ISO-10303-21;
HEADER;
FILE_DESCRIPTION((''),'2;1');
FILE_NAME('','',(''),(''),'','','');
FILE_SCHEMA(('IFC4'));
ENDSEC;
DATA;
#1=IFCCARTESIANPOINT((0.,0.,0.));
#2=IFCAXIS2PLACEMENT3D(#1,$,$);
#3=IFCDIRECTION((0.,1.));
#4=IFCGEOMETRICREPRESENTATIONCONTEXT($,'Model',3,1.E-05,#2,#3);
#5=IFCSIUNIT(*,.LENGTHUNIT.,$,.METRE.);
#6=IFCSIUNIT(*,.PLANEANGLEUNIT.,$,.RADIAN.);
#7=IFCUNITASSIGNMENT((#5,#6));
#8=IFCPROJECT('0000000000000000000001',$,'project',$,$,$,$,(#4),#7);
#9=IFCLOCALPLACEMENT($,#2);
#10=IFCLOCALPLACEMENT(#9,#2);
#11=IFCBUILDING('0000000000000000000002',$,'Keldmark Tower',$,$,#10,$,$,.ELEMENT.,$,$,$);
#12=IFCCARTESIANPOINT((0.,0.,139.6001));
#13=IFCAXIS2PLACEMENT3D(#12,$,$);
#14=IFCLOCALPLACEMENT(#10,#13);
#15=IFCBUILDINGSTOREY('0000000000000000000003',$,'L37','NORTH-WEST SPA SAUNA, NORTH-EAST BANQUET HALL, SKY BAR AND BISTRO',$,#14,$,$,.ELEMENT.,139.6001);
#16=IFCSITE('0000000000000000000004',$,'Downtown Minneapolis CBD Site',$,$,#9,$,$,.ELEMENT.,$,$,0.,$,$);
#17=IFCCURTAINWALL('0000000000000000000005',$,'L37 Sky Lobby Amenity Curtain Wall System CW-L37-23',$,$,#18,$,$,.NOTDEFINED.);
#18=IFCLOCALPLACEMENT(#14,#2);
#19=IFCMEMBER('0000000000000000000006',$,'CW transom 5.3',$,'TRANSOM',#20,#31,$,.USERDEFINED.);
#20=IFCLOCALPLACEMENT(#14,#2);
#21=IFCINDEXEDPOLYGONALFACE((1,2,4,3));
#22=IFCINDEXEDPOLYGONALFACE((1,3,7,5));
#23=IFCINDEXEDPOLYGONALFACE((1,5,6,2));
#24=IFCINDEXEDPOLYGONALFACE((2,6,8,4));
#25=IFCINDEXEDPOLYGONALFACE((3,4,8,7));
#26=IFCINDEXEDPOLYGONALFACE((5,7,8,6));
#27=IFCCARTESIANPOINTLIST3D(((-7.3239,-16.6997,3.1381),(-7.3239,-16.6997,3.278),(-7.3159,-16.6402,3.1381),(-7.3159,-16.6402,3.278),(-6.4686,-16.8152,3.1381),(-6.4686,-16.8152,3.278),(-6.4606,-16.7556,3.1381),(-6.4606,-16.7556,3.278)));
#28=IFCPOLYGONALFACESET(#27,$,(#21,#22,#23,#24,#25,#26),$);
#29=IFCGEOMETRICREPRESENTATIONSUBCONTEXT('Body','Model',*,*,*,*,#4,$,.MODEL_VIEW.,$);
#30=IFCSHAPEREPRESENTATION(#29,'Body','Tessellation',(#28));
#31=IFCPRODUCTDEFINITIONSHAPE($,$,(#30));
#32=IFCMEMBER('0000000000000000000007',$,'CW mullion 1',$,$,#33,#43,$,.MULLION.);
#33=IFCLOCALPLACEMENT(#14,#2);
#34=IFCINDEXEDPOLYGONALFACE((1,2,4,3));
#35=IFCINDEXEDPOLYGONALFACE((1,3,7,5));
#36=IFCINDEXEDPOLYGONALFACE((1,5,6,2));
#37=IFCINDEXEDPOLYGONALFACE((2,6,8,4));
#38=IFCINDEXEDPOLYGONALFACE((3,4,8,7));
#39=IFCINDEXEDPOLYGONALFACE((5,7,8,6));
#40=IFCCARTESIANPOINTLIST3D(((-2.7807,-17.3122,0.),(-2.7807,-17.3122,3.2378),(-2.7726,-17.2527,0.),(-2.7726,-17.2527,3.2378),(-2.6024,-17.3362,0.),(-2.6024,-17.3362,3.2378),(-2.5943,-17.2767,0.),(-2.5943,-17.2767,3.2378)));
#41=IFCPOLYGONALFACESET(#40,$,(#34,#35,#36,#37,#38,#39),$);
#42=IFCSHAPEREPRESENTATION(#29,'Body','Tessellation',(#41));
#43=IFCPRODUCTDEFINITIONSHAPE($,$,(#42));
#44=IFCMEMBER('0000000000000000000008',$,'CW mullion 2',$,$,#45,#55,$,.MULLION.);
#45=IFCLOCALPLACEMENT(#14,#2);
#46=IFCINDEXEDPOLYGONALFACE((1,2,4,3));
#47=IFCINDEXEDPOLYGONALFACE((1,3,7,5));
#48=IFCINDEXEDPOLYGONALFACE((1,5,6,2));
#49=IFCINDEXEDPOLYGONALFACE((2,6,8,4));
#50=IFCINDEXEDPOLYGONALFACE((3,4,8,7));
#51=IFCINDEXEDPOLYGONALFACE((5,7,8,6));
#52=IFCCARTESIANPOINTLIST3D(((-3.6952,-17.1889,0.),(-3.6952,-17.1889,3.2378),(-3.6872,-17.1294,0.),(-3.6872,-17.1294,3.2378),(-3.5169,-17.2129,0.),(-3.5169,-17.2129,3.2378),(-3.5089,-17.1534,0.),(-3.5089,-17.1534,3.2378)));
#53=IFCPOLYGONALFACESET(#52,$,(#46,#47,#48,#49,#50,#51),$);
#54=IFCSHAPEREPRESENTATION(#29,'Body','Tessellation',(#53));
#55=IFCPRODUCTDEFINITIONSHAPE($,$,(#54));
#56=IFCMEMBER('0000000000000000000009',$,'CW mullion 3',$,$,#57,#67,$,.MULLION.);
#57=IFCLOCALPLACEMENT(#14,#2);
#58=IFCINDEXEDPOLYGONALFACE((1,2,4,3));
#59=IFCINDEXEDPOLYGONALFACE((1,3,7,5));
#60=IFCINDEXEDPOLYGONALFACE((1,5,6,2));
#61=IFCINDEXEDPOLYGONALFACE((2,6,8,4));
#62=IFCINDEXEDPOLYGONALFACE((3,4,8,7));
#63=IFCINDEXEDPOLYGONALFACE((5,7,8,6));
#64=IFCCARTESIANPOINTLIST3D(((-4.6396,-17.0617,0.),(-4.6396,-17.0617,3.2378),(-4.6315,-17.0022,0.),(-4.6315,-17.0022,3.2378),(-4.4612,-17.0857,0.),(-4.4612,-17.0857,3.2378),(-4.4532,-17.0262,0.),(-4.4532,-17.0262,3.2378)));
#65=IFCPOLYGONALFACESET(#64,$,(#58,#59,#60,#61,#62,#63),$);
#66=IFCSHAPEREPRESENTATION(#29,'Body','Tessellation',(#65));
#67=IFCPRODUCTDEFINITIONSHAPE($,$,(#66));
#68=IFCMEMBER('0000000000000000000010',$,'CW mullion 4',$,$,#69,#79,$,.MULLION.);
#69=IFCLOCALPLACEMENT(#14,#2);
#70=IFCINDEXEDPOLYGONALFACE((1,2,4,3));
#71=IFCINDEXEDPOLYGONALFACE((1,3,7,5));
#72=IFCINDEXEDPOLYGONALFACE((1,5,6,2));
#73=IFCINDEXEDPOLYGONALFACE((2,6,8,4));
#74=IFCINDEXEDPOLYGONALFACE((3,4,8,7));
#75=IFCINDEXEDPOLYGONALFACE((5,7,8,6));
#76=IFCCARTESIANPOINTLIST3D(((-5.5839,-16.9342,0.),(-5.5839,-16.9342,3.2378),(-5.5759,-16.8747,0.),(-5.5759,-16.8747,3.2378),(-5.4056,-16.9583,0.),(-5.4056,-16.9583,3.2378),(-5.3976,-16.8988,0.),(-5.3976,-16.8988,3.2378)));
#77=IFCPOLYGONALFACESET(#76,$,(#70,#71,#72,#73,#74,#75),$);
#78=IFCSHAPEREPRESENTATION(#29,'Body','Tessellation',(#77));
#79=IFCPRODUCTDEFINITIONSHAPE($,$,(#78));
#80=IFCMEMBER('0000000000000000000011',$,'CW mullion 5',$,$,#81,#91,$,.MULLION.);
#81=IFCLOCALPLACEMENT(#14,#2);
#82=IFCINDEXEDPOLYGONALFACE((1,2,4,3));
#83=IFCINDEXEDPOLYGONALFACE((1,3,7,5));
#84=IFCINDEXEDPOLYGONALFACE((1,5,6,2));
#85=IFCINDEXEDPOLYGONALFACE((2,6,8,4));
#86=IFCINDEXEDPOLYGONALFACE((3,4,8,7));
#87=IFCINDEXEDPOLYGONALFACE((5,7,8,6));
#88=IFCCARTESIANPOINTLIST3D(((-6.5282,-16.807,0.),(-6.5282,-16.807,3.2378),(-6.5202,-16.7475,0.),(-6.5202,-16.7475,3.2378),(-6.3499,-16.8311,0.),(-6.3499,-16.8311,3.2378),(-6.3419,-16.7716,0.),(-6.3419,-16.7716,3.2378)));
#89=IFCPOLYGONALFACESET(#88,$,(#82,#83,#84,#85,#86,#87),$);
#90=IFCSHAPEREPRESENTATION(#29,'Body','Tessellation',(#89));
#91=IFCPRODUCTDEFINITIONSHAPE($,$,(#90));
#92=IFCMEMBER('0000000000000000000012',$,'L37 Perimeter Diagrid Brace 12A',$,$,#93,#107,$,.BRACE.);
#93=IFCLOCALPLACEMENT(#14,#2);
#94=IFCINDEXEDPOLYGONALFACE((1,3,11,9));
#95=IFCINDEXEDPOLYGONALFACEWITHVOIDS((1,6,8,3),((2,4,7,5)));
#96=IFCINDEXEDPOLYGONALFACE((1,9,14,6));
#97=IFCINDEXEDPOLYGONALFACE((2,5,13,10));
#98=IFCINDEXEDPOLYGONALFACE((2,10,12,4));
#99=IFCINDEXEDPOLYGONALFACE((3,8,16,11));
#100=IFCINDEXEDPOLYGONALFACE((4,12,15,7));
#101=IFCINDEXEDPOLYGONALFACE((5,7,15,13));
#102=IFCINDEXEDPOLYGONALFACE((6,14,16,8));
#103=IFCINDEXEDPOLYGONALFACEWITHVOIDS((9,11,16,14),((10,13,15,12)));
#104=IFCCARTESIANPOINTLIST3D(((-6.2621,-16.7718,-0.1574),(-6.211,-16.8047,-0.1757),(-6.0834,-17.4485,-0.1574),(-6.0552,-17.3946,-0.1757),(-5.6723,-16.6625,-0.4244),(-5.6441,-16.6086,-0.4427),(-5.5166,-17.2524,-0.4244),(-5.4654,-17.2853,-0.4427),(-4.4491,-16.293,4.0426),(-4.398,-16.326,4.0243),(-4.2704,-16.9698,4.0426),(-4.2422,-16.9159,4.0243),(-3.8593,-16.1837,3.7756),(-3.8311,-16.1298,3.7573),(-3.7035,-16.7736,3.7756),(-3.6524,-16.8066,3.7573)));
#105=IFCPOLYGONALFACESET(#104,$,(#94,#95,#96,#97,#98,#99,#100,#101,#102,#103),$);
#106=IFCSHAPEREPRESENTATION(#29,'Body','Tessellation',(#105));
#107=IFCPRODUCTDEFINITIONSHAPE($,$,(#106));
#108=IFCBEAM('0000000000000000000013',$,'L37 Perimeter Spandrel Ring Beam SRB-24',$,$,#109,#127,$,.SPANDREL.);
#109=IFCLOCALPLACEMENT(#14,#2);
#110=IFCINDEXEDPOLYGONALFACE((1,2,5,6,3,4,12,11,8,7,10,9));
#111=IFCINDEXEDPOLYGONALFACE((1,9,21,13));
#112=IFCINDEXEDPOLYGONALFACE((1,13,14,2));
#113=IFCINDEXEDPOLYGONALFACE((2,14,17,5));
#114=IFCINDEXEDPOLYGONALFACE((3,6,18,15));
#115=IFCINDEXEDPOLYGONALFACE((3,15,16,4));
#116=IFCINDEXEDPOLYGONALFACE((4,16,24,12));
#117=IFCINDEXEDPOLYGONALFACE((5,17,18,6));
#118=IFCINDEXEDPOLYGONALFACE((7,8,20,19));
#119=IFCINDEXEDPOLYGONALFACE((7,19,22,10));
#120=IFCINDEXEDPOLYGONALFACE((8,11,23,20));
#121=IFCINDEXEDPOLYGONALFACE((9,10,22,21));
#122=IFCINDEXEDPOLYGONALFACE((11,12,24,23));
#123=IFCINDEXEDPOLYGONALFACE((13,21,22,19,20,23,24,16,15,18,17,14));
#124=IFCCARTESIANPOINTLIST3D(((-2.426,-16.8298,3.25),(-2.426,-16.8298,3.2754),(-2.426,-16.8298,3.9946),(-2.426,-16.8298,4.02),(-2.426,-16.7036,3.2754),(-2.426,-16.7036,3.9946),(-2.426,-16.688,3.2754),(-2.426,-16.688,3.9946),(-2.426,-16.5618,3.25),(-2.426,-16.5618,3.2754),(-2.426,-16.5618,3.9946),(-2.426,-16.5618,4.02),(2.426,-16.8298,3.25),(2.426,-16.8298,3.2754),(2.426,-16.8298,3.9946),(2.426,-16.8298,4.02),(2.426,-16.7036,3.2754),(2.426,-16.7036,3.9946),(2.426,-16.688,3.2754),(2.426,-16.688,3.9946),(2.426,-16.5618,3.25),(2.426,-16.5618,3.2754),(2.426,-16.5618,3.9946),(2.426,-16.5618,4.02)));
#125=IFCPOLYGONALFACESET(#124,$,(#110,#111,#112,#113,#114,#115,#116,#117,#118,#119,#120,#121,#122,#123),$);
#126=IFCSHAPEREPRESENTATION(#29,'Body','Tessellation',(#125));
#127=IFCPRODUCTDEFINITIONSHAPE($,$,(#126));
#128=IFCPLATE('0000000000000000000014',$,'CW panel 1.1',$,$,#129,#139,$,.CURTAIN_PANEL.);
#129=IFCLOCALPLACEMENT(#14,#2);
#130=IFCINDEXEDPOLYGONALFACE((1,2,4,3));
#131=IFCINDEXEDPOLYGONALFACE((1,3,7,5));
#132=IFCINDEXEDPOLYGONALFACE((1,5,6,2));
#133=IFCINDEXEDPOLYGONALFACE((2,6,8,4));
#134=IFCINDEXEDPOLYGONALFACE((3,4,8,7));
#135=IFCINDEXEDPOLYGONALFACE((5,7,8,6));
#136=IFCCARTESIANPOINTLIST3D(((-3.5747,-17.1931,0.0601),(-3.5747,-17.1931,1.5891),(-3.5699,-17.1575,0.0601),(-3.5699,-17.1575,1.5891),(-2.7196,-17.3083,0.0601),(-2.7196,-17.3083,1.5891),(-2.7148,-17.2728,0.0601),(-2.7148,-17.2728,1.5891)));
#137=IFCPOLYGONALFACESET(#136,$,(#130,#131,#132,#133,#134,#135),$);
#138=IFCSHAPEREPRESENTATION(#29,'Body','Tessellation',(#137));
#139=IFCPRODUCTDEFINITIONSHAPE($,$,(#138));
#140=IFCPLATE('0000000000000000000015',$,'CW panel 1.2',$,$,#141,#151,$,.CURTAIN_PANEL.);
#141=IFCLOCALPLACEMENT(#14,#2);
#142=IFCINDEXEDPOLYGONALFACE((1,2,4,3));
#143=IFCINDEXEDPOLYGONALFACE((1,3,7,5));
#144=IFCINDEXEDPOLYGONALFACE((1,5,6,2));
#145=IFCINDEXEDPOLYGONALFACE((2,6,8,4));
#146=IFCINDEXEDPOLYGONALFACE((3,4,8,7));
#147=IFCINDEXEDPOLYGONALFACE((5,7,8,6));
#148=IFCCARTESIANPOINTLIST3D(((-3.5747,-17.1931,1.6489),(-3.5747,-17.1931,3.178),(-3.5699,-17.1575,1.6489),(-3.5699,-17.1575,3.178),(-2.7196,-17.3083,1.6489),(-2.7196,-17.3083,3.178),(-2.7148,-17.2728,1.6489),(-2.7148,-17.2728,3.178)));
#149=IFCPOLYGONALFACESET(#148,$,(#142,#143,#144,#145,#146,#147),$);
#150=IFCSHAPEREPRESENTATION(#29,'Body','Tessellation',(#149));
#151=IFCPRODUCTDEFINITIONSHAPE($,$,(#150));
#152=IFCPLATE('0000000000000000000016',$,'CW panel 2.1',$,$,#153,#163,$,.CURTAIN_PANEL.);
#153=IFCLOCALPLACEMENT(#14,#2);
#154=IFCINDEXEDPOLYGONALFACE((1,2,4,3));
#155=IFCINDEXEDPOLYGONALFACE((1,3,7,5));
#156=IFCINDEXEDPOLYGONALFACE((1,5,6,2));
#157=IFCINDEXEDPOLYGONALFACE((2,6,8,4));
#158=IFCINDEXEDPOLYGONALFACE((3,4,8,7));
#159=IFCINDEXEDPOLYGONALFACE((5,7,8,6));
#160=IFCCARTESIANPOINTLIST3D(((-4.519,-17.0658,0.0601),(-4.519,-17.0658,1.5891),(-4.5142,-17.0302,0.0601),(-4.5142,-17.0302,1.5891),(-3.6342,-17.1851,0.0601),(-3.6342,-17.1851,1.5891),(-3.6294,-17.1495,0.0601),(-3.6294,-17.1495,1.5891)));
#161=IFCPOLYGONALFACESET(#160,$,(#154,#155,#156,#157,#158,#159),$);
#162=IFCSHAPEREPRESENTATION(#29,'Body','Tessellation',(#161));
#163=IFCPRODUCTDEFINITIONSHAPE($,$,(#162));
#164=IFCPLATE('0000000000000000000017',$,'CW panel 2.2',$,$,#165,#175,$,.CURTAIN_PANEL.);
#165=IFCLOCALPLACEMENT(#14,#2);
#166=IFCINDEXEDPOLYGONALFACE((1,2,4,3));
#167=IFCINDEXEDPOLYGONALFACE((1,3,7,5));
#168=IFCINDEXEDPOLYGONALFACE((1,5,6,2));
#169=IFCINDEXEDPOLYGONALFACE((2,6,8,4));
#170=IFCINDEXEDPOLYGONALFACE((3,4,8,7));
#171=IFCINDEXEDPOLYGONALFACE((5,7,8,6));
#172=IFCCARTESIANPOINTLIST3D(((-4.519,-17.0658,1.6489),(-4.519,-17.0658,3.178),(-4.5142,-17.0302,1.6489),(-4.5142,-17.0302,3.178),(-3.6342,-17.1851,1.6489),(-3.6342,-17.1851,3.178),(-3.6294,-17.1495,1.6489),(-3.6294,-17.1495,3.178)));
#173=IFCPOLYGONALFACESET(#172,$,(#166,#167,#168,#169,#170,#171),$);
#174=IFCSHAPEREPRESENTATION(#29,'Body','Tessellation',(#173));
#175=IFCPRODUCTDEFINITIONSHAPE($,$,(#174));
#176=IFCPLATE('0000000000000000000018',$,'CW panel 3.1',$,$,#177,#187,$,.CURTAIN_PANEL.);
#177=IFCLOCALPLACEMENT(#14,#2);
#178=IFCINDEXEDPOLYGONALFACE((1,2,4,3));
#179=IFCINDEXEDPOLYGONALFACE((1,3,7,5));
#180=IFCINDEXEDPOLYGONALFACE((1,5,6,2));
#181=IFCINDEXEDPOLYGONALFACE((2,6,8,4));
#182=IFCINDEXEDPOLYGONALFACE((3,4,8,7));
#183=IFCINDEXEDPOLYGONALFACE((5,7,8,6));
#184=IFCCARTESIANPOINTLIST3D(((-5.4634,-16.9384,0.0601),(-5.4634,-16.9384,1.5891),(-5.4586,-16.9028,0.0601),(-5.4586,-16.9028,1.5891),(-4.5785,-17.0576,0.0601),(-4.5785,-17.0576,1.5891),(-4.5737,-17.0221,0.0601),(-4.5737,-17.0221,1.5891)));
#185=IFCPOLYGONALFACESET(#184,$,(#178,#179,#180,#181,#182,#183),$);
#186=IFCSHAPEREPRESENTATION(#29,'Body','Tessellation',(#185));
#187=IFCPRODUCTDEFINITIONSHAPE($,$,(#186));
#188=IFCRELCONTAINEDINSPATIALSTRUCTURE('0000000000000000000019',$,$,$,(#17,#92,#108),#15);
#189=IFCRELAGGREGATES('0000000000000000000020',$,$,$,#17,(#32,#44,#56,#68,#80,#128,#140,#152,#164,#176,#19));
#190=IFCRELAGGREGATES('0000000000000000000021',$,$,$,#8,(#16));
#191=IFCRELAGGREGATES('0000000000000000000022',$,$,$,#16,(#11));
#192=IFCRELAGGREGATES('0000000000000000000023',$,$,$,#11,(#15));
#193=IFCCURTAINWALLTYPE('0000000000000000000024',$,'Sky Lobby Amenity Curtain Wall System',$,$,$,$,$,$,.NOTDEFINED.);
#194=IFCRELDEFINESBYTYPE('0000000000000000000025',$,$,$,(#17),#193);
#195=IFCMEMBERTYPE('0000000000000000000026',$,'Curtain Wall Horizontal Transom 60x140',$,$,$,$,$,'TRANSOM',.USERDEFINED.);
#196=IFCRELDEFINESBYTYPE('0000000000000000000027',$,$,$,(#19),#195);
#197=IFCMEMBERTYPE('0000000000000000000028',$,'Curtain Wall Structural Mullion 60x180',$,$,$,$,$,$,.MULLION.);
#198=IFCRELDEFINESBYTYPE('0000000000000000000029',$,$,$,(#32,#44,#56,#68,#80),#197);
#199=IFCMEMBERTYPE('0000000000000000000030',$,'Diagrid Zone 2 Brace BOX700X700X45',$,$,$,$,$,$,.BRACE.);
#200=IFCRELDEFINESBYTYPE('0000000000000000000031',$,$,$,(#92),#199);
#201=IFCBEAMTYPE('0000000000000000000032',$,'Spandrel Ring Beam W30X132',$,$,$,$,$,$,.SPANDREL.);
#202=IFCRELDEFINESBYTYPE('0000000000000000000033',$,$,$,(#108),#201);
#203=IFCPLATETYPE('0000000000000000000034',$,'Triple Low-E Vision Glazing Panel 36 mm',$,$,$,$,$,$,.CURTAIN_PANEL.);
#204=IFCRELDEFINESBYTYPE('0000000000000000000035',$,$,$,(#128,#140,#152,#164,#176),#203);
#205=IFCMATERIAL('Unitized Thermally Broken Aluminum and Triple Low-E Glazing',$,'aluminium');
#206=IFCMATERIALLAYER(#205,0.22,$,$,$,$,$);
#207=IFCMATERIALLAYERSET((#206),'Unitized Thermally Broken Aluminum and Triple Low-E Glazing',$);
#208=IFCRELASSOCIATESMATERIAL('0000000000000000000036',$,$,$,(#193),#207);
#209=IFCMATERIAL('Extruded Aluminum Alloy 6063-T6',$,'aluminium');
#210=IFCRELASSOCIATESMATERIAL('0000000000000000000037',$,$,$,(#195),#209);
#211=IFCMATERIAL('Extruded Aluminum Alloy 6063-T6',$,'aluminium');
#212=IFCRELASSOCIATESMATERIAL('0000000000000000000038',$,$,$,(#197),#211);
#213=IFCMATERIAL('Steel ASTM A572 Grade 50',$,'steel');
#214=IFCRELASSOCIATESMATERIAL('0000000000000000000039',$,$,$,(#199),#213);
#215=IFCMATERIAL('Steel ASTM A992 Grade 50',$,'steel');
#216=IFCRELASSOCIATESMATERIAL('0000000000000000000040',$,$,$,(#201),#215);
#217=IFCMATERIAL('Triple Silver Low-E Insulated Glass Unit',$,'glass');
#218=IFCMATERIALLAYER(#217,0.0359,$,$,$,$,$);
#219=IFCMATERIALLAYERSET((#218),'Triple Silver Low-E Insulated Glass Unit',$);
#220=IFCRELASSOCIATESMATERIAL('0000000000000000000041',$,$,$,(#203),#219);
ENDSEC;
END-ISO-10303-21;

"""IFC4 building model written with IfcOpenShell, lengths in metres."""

from ifc_helpers import new_model, si_unit, direction, frame, origin, origin_2d, place, context, subcontext, project, spatial, rectangle, hollow_rectangle, i_section, extrude, material, layer, layer_set, material_profile, profile_set, type_object, element, aggregate, save


model = new_model("IFC4")

# Units and contexts
model_context = context("Model", 3, precision=1e-05, world=origin(), true_north=direction((0.0, 1.0)))
body_context = subcontext(model_context, "Body", "Model", "MODEL_VIEW")
ifc_project = project(units=[si_unit("LENGTHUNIT", "METRE"), si_unit("PLANEANGLEUNIT", "RADIAN")], contexts=[model_context])

# Site, building, storey
site_placement = place(None, origin())
site = spatial("IfcSite", under=ifc_project, at=site_placement, Name="Downtown Minneapolis CBD Site", CompositionType="ELEMENT", RefElevation=0.0)
building_placement = place(site_placement, origin())
building = spatial("IfcBuilding", under=site, at=building_placement, Name="Keldmark Tower", CompositionType="ELEMENT")
storey_placement = place(building_placement, frame((0.0, 0.0, 139.6001)))
storey = spatial("IfcBuildingStorey", under=building, at=storey_placement, Name="L37", Description="NORTH-WEST SPA SAUNA, NORTH-EAST BANQUET HALL, SKY BAR AND BISTRO", CompositionType="ELEMENT", Elevation=139.6001)

# Curtain wall, members
ifc_material_1 = material(Name="Unitized Thermally Broken Aluminum and Triple Low-E Glazing", Category="aluminium")
ifc_layer_1 = layer(ifc_material_1, 0.22)
ifc_layer_set_1 = layer_set([ifc_layer_1], Name="Unitized Thermally Broken Aluminum and Triple Low-E Glazing")
curtain_wall_type = type_object("IfcCurtainWallType", Name="Sky Lobby Amenity Curtain Wall System", PredefinedType="NOTDEFINED", material=ifc_layer_set_1)
curtain_wall_placement = place(storey_placement, origin())
curtain_wall = element("IfcCurtainWall", 1, at=curtain_wall_placement, inside=storey, type_object=curtain_wall_type, Name="L37 Sky Lobby Amenity Curtain Wall System CW-L37-23", PredefinedType="NOTDEFINED")
ifc_material_2 = material(Name="Extruded Aluminum Alloy 6063-T6", Category="aluminium")
ifc_material_profile_1 = material_profile(ifc_material_2, rectangle(XDim=0.0601, YDim=0.1399, at=origin_2d()), Name="CWT60X140")
ifc_profile_set_1 = profile_set([ifc_material_profile_1], Name="Extruded Aluminum Alloy 6063-T6")
member_type_1 = type_object("IfcMemberType", Name="Curtain Wall Horizontal Transom 60x140", ElementType="TRANSOM", PredefinedType="USERDEFINED", material=ifc_profile_set_1)
member_1_placement = place(storey_placement, frame((-6.4646, -16.7854, 3.208), z_axis=(-0.991007, 0.133813, 0.0), x_axis=(-0.133813, -0.991007, 0.0)))
member_1 = element("IfcMember", 2, at=member_1_placement, type_object=member_type_1, Name="CW transom 5.3", ObjectType="TRANSOM", PredefinedType="USERDEFINED", context=body_context, shape_type="SweptSolid", body=[
    extrude(rectangle(XDim=0.0601, YDim=0.1399, at=origin_2d()), origin(), (0.0, 0.0, 1.0), 0.863),
])
ifc_material_3 = material(Name="Extruded Aluminum Alloy 6063-T6", Category="aluminium")
ifc_material_profile_2 = material_profile(ifc_material_3, rectangle(XDim=0.0601, YDim=0.1799, at=origin_2d()), Name="CWM60X180")
ifc_profile_set_2 = profile_set([ifc_material_profile_2], Name="Extruded Aluminum Alloy 6063-T6")
member_type_2 = type_object("IfcMemberType", Name="Curtain Wall Structural Mullion 60x180", PredefinedType="MULLION", material=ifc_profile_set_2)
member_2_placement = place(storey_placement, frame((-2.6875, -17.2944, 0.0), z_axis=(0.0, 0.0, 1.0), x_axis=(-0.133598, -0.991036, 0.0)))
member_2 = element("IfcMember", 3, at=member_2_placement, type_object=member_type_2, Name="CW mullion 1", PredefinedType="MULLION", context=body_context, shape_type="SweptSolid", body=[
    extrude(rectangle(XDim=0.0601, YDim=0.1799, at=origin_2d()), origin(), (0.0, 0.0, 1.0), 3.2378),
])
member_3_placement = place(storey_placement, frame((-3.6021, -17.1711, 0.0), z_axis=(0.0, 0.0, 1.0), x_axis=(-0.133598, -0.991036, 0.0)))
member_3 = element("IfcMember", 4, at=member_3_placement, type_object=member_type_2, Name="CW mullion 2", PredefinedType="MULLION", context=body_context, shape_type="SweptSolid", body=[
    extrude(rectangle(XDim=0.0601, YDim=0.1799, at=origin_2d()), origin(), (0.0, 0.0, 1.0), 3.2378),
])
member_4_placement = place(storey_placement, frame((-4.5464, -17.0439, 0.0), z_axis=(0.0, 0.0, 1.0), x_axis=(-0.133598, -0.991036, 0.0)))
member_4 = element("IfcMember", 5, at=member_4_placement, type_object=member_type_2, Name="CW mullion 3", PredefinedType="MULLION", context=body_context, shape_type="SweptSolid", body=[
    extrude(rectangle(XDim=0.0601, YDim=0.1799, at=origin_2d()), origin(), (0.0, 0.0, 1.0), 3.2378),
])
member_5_placement = place(storey_placement, frame((-5.4907, -16.9165, 0.0), z_axis=(0.0, 0.0, 1.0), x_axis=(-0.133598, -0.991036, 0.0)))
member_5 = element("IfcMember", 6, at=member_5_placement, type_object=member_type_2, Name="CW mullion 4", PredefinedType="MULLION", context=body_context, shape_type="SweptSolid", body=[
    extrude(rectangle(XDim=0.0601, YDim=0.1799, at=origin_2d()), origin(), (0.0, 0.0, 1.0), 3.2378),
])
member_6_placement = place(storey_placement, frame((-6.4351, -16.7893, 0.0), z_axis=(0.0, 0.0, 1.0), x_axis=(-0.133598, -0.991036, 0.0)))
member_6 = element("IfcMember", 7, at=member_6_placement, type_object=member_type_2, Name="CW mullion 5", PredefinedType="MULLION", context=body_context, shape_type="SweptSolid", body=[
    extrude(rectangle(XDim=0.0601, YDim=0.1799, at=origin_2d()), origin(), (0.0, 0.0, 1.0), 3.2378),
])

# Member
ifc_material_4 = material(Name="Steel ASTM A572 Grade 50", Category="steel")
ifc_material_profile_3 = material_profile(ifc_material_4, hollow_rectangle(XDim=0.7, YDim=0.7, WallThickness=0.0449, at=origin_2d()), Name="BOX700X700X45")
ifc_profile_set_3 = profile_set([ifc_material_profile_3], Name="Steel ASTM A572 Grade 50")
member_type_3 = type_object("IfcMemberType", Name="Diagrid Zone 2 Brace BOX700X700X45", PredefinedType="BRACE", material=ifc_profile_set_3)
member_7_placement = place(storey_placement, frame((-5.8638, -17.0286, -0.3), z_axis=(0.394168, 0.104089, 0.913125), x_axis=(-0.25532, 0.966857, 0.0)))
element("IfcMember", 8, at=member_7_placement, inside=storey, type_object=member_type_3, Name="L37 Perimeter Diagrid Brace 12A", PredefinedType="BRACE", context=body_context, shape_type="SweptSolid", body=[
    extrude(hollow_rectangle(XDim=0.7, YDim=0.7, WallThickness=0.0449, at=origin_2d()), origin(), (0.0, 0.0, 1.0), 4.5996),
])

# Beam
ifc_material_5 = material(Name="Steel ASTM A992 Grade 50", Category="steel")
ifc_material_profile_4 = material_profile(ifc_material_5, i_section(OverallWidth=0.2681, OverallDepth=0.77, WebThickness=0.0156, FlangeThickness=0.0254, at=origin_2d()), Name="W30X132")
ifc_profile_set_4 = profile_set([ifc_material_profile_4], Name="Steel ASTM A992 Grade 50")
beam_type = type_object("IfcBeamType", Name="Spandrel Ring Beam W30X132", PredefinedType="SPANDREL", material=ifc_profile_set_4)
beam_placement = place(storey_placement, frame((-2.426, -16.6958, 3.635), z_axis=(1.0, 0.0, 0.0), x_axis=(0.0, 1.0, 0.0)))
element("IfcBeam", 9, at=beam_placement, inside=storey, type_object=beam_type, Name="L37 Perimeter Spandrel Ring Beam SRB-24", PredefinedType="SPANDREL", context=body_context, shape_type="SweptSolid", body=[
    extrude(i_section(OverallWidth=0.2681, OverallDepth=0.77, WebThickness=0.0156, FlangeThickness=0.0254, at=origin_2d()), origin(), (0.0, 0.0, 1.0), 4.8521),
])

# Plates
ifc_material_6 = material(Name="Triple Silver Low-E Insulated Glass Unit", Category="glass")
ifc_layer_2 = layer(ifc_material_6, 0.0359)
ifc_layer_set_2 = layer_set([ifc_layer_2], Name="Triple Silver Low-E Insulated Glass Unit")
plate_type = type_object("IfcPlateType", Name="Triple Low-E Vision Glazing Panel 36 mm", PredefinedType="CURTAIN_PANEL", material=ifc_layer_set_2)
plate_1_placement = place(storey_placement, frame((-3.1448, -17.2329, 0.0601), z_axis=(0.0, 0.0, 1.0), x_axis=(-0.991036, 0.133598, 0.0)))
plate_1 = element("IfcPlate", 10, at=plate_1_placement, type_object=plate_type, Name="CW panel 1.1", PredefinedType="CURTAIN_PANEL", context=body_context, shape_type="SweptSolid", body=[
    extrude(rectangle(XDim=0.8628, YDim=0.0359, at=origin_2d()), origin(), (0.0, 0.0, 1.0), 1.5291),
])
plate_2_placement = place(storey_placement, frame((-3.1448, -17.2329, 1.6489), z_axis=(0.0, 0.0, 1.0), x_axis=(-0.991036, 0.133598, 0.0)))
plate_2 = element("IfcPlate", 11, at=plate_2_placement, type_object=plate_type, Name="CW panel 1.2", PredefinedType="CURTAIN_PANEL", context=body_context, shape_type="SweptSolid", body=[
    extrude(rectangle(XDim=0.8628, YDim=0.0359, at=origin_2d()), origin(), (0.0, 0.0, 1.0), 1.5291),
])
plate_3_placement = place(storey_placement, frame((-4.0742, -17.1077, 0.0601), z_axis=(0.0, 0.0, 1.0), x_axis=(-0.991036, 0.133598, 0.0)))
plate_3 = element("IfcPlate", 12, at=plate_3_placement, type_object=plate_type, Name="CW panel 2.1", PredefinedType="CURTAIN_PANEL", context=body_context, shape_type="SweptSolid", body=[
    extrude(rectangle(XDim=0.8928, YDim=0.0359, at=origin_2d()), origin(), (0.0, 0.0, 1.0), 1.5291),
])
plate_4_placement = place(storey_placement, frame((-4.0742, -17.1077, 1.6489), z_axis=(0.0, 0.0, 1.0), x_axis=(-0.991036, 0.133598, 0.0)))
plate_4 = element("IfcPlate", 13, at=plate_4_placement, type_object=plate_type, Name="CW panel 2.2", PredefinedType="CURTAIN_PANEL", context=body_context, shape_type="SweptSolid", body=[
    extrude(rectangle(XDim=0.8928, YDim=0.0359, at=origin_2d()), origin(), (0.0, 0.0, 1.0), 1.5291),
])
plate_5_placement = place(storey_placement, frame((-5.0186, -16.9802, 0.0601), z_axis=(0.0, 0.0, 1.0), x_axis=(-0.991036, 0.133598, 0.0)))
plate_5 = element("IfcPlate", 14, at=plate_5_placement, type_object=plate_type, Name="CW panel 3.1", PredefinedType="CURTAIN_PANEL", context=body_context, shape_type="SweptSolid", body=[
    extrude(rectangle(XDim=0.8928, YDim=0.0359, at=origin_2d()), origin(), (0.0, 0.0, 1.0), 1.5291),
])
aggregate(curtain_wall, [member_2, member_3, member_4, member_5, member_6, plate_1, plate_2, plate_3, plate_4, plate_5, member_1])

save(model, "model.ifc")
